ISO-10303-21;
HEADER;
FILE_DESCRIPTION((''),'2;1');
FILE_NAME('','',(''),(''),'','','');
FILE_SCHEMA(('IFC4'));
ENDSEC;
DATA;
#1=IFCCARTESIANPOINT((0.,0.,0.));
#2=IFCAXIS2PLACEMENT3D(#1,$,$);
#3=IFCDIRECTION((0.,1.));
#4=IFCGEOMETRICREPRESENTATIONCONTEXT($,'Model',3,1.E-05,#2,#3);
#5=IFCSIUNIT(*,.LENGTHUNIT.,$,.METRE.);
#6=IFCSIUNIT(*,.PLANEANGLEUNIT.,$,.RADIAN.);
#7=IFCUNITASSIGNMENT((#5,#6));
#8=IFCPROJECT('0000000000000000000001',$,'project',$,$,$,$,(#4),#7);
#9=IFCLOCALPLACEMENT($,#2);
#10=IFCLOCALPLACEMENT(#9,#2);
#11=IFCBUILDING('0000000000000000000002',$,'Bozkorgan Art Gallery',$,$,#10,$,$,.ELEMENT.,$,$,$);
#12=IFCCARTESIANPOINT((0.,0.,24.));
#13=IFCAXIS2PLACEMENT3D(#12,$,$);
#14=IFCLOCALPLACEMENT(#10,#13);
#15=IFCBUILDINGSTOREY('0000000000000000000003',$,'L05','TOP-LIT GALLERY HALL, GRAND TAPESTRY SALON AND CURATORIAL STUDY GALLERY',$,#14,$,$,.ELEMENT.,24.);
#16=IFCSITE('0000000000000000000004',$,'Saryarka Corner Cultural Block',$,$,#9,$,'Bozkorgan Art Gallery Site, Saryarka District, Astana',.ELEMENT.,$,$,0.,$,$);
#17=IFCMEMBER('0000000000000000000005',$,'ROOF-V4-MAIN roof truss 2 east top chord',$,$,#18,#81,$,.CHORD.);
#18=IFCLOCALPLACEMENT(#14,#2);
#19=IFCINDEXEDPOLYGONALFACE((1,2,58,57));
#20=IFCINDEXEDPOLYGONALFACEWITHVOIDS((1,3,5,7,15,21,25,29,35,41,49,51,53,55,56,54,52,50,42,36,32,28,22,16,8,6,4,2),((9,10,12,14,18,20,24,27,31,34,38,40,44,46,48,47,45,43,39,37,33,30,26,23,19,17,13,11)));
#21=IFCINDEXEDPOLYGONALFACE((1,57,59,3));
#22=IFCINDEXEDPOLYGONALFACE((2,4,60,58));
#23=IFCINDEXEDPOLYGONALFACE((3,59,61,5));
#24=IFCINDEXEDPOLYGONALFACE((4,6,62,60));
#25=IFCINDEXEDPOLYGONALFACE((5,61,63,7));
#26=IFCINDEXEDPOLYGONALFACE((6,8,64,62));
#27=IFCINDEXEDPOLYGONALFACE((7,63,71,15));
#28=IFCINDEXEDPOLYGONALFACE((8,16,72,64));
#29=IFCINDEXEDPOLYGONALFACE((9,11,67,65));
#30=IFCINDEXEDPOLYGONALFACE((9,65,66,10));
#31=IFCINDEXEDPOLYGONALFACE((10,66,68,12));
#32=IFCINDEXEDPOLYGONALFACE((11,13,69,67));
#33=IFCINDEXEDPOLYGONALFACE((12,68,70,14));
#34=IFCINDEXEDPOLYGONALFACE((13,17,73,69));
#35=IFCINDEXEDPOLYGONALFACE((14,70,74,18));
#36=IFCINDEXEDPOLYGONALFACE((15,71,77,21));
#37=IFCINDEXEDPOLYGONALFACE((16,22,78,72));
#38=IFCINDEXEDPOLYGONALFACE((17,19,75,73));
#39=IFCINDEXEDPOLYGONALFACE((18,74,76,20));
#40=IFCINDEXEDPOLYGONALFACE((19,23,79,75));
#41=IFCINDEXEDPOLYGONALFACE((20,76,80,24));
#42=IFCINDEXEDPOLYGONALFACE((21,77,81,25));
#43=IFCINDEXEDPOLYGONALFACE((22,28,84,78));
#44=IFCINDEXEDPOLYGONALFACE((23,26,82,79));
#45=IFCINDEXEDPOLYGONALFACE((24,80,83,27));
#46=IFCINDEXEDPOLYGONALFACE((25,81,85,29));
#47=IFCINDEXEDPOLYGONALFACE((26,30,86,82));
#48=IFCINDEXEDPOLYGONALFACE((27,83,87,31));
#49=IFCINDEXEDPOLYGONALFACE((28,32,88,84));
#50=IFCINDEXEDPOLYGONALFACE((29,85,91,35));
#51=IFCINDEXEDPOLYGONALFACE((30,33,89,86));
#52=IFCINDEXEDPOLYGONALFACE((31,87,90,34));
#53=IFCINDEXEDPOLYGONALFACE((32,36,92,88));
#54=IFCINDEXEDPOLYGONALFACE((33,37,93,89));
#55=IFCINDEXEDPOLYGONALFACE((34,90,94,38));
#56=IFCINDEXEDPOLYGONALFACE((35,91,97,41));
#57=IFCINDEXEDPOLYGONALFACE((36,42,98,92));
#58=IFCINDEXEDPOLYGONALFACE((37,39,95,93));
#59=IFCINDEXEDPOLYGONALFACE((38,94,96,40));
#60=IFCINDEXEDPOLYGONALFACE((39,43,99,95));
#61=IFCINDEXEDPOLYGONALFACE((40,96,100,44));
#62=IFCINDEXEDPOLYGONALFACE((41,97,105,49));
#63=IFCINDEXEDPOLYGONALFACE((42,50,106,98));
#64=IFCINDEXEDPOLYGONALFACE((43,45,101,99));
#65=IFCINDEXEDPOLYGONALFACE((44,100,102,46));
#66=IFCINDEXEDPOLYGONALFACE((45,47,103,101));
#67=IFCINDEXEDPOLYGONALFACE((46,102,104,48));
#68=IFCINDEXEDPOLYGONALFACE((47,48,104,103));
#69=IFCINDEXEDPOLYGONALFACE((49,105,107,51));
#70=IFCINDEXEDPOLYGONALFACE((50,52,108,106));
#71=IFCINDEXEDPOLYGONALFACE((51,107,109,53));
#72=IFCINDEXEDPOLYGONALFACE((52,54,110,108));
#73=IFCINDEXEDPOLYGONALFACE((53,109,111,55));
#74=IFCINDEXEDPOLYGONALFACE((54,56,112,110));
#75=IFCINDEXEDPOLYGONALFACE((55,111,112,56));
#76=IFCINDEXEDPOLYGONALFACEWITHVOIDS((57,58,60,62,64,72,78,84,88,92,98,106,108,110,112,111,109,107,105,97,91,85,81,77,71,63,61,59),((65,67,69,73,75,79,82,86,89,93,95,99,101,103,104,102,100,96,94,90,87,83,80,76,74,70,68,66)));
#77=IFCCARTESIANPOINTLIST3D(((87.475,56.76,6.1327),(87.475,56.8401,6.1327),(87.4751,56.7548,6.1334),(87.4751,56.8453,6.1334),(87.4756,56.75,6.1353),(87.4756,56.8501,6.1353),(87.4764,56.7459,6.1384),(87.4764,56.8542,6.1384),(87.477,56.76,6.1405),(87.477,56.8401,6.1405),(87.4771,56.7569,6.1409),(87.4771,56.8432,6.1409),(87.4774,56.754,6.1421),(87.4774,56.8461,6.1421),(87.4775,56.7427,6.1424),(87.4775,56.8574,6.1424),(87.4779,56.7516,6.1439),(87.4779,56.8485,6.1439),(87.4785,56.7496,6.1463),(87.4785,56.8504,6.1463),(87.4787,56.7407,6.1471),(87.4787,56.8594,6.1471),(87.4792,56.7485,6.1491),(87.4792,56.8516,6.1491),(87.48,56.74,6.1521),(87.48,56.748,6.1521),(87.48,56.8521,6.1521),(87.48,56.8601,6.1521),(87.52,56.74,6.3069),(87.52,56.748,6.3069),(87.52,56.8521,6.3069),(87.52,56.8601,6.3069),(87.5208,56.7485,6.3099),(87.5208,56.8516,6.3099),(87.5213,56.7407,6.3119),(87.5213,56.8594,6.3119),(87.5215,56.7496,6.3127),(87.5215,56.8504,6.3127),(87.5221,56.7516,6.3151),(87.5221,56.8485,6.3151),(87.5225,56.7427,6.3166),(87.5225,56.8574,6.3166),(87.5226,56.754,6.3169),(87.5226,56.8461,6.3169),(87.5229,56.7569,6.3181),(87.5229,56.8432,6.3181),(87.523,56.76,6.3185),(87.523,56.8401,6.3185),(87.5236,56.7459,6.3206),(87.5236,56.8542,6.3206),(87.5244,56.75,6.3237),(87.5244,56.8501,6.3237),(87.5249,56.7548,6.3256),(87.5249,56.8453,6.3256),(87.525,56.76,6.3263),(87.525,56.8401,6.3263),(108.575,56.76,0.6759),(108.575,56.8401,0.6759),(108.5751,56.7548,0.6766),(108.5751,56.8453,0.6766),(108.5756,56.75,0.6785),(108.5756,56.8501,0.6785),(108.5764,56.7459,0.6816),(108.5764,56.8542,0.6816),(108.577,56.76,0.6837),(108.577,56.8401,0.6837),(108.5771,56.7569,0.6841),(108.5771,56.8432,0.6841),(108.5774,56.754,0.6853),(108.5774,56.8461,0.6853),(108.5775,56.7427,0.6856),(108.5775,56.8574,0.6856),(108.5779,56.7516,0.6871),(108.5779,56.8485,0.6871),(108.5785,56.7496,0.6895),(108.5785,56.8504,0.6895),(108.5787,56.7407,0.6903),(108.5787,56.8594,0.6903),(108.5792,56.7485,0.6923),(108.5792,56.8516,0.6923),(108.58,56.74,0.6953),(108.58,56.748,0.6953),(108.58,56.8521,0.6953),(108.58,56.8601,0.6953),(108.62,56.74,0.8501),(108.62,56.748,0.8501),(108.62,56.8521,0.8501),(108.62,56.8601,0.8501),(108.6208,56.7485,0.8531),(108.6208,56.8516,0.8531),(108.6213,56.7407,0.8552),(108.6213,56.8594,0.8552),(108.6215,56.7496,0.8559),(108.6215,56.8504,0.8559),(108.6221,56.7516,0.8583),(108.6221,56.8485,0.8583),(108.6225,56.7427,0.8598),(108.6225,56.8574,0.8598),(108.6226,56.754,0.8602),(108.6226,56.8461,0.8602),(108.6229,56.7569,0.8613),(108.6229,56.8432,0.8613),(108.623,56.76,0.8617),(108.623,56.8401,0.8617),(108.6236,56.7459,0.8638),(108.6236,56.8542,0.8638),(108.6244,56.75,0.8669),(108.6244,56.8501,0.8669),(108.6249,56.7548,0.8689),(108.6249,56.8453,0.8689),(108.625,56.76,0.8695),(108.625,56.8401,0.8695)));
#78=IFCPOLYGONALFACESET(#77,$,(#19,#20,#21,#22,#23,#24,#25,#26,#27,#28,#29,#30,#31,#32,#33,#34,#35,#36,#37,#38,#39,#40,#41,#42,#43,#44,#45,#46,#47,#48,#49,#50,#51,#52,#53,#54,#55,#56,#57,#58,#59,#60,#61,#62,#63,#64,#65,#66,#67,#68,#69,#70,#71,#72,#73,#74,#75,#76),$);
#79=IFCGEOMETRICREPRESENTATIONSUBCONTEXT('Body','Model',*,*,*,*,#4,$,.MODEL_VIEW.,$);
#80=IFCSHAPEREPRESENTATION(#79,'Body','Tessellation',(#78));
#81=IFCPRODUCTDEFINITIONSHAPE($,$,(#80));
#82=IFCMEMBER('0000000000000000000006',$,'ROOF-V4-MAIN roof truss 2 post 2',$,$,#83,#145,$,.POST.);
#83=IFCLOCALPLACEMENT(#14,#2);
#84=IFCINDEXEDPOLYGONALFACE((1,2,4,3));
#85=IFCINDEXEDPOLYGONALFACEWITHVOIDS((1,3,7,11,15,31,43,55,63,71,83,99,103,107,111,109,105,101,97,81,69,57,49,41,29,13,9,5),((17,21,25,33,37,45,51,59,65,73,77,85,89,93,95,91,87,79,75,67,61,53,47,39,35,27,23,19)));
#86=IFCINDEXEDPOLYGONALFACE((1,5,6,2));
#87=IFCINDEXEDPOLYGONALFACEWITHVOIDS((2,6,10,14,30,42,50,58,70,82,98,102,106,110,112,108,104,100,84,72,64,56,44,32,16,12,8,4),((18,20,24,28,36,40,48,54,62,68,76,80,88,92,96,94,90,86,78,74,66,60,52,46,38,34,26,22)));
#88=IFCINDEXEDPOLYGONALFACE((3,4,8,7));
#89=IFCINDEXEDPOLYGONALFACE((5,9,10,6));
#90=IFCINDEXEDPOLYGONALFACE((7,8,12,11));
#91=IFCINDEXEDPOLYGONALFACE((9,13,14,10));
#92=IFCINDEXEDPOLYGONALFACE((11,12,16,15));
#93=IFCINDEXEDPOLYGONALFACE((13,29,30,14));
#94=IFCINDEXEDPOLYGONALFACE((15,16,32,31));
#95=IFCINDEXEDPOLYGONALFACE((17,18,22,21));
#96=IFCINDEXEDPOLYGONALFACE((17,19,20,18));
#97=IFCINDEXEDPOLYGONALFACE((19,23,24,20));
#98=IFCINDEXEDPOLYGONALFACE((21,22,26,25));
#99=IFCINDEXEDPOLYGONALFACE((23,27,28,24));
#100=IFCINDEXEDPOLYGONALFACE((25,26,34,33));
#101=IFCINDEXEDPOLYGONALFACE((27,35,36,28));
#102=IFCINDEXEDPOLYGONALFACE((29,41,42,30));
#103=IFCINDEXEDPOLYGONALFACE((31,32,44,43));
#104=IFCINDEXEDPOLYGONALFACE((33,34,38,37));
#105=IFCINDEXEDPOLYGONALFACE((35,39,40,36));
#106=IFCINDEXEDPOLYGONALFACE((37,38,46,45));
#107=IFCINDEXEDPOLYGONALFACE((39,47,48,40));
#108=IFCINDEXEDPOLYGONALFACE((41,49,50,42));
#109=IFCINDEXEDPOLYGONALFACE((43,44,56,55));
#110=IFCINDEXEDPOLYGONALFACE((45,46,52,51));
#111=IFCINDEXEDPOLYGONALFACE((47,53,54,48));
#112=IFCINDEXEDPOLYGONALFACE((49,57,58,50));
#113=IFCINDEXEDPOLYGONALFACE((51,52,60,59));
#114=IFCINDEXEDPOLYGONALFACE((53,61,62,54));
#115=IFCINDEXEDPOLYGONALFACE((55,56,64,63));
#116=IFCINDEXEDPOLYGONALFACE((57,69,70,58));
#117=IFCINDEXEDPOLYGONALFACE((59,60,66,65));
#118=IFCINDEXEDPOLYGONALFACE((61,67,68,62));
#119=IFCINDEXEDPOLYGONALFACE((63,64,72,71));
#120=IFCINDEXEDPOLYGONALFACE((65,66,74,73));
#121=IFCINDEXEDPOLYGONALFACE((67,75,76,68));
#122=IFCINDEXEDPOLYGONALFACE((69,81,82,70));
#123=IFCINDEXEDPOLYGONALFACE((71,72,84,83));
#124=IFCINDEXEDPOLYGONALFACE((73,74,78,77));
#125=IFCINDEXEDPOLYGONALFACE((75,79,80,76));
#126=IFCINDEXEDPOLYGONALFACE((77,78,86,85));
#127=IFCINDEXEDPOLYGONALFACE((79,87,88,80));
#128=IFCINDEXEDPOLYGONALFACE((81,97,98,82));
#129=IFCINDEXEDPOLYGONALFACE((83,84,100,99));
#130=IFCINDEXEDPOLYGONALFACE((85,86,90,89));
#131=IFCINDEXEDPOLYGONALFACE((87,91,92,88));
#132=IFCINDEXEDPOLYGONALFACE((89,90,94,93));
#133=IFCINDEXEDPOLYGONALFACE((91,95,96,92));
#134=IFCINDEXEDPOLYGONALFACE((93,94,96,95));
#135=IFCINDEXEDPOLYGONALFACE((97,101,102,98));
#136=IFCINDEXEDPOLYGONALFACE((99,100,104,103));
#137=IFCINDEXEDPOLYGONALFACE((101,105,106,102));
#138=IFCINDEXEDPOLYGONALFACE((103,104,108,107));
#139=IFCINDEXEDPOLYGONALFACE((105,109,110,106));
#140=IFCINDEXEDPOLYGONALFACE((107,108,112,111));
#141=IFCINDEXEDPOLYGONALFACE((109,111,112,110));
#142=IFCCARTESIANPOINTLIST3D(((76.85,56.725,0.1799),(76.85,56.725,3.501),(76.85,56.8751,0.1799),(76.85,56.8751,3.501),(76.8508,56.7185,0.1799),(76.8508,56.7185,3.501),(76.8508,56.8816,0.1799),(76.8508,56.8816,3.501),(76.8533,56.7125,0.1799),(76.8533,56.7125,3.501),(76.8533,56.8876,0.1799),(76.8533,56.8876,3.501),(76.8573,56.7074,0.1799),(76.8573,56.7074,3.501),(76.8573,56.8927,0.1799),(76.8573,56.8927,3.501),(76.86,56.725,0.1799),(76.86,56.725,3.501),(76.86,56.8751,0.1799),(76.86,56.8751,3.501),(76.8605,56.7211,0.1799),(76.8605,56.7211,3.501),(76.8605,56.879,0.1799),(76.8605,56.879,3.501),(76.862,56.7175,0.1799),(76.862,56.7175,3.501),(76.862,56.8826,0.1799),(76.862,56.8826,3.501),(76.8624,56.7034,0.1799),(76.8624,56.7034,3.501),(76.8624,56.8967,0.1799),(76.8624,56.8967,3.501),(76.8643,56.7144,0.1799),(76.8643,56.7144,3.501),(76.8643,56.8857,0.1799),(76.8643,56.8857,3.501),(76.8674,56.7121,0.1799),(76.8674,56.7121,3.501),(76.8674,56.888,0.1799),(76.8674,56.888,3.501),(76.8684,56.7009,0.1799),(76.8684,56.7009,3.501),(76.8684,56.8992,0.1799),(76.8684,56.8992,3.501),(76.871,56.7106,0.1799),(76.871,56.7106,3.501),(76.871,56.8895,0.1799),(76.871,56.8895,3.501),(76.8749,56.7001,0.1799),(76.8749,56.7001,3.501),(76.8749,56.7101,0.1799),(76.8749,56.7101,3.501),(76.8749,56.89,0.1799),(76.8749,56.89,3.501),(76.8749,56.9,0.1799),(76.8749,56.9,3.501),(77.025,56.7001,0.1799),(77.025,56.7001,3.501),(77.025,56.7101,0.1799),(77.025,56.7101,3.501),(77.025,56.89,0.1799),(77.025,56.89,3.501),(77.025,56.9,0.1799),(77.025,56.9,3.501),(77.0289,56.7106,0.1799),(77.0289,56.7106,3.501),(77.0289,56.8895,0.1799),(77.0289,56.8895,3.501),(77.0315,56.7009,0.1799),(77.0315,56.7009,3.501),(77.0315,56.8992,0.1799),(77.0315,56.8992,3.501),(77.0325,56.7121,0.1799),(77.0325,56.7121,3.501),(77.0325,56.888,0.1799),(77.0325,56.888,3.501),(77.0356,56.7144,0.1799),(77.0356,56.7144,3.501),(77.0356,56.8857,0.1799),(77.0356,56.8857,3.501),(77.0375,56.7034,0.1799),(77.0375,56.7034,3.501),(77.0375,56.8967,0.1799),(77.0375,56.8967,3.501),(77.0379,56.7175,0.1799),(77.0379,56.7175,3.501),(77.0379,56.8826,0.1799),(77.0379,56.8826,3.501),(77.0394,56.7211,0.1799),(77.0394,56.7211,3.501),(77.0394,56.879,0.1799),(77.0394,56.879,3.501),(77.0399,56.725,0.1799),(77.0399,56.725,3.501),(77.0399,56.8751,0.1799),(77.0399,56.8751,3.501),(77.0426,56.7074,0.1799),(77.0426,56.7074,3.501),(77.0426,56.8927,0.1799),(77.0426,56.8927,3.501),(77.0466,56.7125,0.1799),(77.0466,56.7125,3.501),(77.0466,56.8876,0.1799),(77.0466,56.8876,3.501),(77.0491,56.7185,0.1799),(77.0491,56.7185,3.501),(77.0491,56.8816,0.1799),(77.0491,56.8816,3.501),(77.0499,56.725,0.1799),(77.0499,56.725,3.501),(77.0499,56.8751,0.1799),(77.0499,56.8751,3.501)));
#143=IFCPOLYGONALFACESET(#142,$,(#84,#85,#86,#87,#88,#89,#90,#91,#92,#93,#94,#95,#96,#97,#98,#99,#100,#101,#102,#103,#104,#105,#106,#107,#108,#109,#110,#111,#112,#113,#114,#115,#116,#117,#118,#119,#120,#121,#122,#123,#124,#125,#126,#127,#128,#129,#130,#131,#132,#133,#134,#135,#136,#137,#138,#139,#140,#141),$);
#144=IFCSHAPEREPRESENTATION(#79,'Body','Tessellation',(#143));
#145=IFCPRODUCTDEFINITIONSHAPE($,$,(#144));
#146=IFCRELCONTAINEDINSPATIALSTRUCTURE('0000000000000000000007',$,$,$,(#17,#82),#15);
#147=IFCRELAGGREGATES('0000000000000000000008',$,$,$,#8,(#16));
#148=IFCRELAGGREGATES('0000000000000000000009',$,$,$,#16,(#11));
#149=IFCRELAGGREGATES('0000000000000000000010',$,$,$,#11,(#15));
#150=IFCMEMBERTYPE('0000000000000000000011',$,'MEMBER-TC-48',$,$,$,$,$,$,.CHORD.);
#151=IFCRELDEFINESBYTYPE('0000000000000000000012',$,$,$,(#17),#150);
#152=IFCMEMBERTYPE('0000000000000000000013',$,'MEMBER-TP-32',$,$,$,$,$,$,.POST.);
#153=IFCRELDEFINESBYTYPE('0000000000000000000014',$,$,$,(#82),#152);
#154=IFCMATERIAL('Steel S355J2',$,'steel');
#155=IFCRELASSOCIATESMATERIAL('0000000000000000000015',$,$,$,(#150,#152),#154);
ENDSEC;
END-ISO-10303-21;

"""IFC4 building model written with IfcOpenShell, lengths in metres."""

from ifc_helpers import new_model, si_unit, direction, frame, origin, origin_2d, place, context, subcontext, project, spatial, hollow_rectangle, extrude, material, material_profile, profile_set, type_object, element, save


model = new_model("IFC4")

# Units and contexts
model_context = context("Model", 3, precision=1e-05, world=origin(), true_north=direction((0.0, 1.0)))
body_context = subcontext(model_context, "Body", "Model", "MODEL_VIEW")
ifc_project = project(units=[si_unit("LENGTHUNIT", "METRE"), si_unit("PLANEANGLEUNIT", "RADIAN")], contexts=[model_context])

# Site, building, storey
site_placement = place(None, origin())
site = spatial("IfcSite", under=ifc_project, at=site_placement, Name="Saryarka Corner Cultural Block", LongName="Bozkorgan Art Gallery Site, Saryarka District, Astana", CompositionType="ELEMENT", RefElevation=0.0)
building_placement = place(site_placement, origin())
building = spatial("IfcBuilding", under=site, at=building_placement, Name="Bozkorgan Art Gallery", CompositionType="ELEMENT")
storey_placement = place(building_placement, frame((0.0, 0.0, 24.0)))
storey = spatial("IfcBuildingStorey", under=building, at=storey_placement, Name="L05", Description="TOP-LIT GALLERY HALL, GRAND TAPESTRY SALON AND CURATORIAL STUDY GALLERY", CompositionType="ELEMENT", Elevation=24.0)

# Members
ifc_material_1 = material(Name="Steel S355J2", Category="steel")
ifc_material_profile_1 = material_profile(ifc_material_1, hollow_rectangle(XDim=0.1201, YDim=0.2, WallThickness=0.0081, InnerFilletRadius=0.012, OuterFilletRadius=0.02, at=origin_2d()), Name="RHS 200x120x8")
ifc_profile_set_1 = profile_set([ifc_material_profile_1], Name="Steel S355J2")
member_type_1 = type_object("IfcMemberType", Name="MEMBER-TC-48", PredefinedType="CHORD", material=ifc_profile_set_1)
member_1_placement = place(storey_placement, frame((87.5, 56.8, 6.2295), z_axis=(0.968148, 0.0, -0.250377), x_axis=(0.0, 1.0, 0.0)))
element("IfcMember", 1, at=member_1_placement, inside=storey, type_object=member_type_1, Name="ROOF-V4-MAIN roof truss 2 east top chord", PredefinedType="CHORD", context=body_context, shape_type="SweptSolid", body=[
    extrude(hollow_rectangle(XDim=0.1201, YDim=0.2, WallThickness=0.0081, InnerFilletRadius=0.012, OuterFilletRadius=0.02, at=origin_2d()), origin(), (0.0, 0.0, 1.0), 21.7942),
])
ifc_material_profile_2 = material_profile(ifc_material_1, hollow_rectangle(XDim=0.2, YDim=0.2, WallThickness=0.01, InnerFilletRadius=0.0149, OuterFilletRadius=0.0249, at=origin_2d()), Name="SHS 200x200x10")
ifc_profile_set_2 = profile_set([ifc_material_profile_2], Name="Steel S355J2")
member_type_2 = type_object("IfcMemberType", Name="MEMBER-TP-32", PredefinedType="POST", material=ifc_profile_set_2)
member_2_placement = place(storey_placement, frame((76.95, 56.8, 0.1799), z_axis=(0.0, 0.0, 1.0), x_axis=(1.0, 0.0, 0.0)))
element("IfcMember", 2, at=member_2_placement, inside=storey, type_object=member_type_2, Name="ROOF-V4-MAIN roof truss 2 post 2", PredefinedType="POST", context=body_context, shape_type="SweptSolid", body=[
    extrude(hollow_rectangle(XDim=0.2, YDim=0.2, WallThickness=0.01, InnerFilletRadius=0.0149, OuterFilletRadius=0.0249, at=origin_2d()), origin(), (0.0, 0.0, 1.0), 3.321),
])

save(model, "model.ifc")
